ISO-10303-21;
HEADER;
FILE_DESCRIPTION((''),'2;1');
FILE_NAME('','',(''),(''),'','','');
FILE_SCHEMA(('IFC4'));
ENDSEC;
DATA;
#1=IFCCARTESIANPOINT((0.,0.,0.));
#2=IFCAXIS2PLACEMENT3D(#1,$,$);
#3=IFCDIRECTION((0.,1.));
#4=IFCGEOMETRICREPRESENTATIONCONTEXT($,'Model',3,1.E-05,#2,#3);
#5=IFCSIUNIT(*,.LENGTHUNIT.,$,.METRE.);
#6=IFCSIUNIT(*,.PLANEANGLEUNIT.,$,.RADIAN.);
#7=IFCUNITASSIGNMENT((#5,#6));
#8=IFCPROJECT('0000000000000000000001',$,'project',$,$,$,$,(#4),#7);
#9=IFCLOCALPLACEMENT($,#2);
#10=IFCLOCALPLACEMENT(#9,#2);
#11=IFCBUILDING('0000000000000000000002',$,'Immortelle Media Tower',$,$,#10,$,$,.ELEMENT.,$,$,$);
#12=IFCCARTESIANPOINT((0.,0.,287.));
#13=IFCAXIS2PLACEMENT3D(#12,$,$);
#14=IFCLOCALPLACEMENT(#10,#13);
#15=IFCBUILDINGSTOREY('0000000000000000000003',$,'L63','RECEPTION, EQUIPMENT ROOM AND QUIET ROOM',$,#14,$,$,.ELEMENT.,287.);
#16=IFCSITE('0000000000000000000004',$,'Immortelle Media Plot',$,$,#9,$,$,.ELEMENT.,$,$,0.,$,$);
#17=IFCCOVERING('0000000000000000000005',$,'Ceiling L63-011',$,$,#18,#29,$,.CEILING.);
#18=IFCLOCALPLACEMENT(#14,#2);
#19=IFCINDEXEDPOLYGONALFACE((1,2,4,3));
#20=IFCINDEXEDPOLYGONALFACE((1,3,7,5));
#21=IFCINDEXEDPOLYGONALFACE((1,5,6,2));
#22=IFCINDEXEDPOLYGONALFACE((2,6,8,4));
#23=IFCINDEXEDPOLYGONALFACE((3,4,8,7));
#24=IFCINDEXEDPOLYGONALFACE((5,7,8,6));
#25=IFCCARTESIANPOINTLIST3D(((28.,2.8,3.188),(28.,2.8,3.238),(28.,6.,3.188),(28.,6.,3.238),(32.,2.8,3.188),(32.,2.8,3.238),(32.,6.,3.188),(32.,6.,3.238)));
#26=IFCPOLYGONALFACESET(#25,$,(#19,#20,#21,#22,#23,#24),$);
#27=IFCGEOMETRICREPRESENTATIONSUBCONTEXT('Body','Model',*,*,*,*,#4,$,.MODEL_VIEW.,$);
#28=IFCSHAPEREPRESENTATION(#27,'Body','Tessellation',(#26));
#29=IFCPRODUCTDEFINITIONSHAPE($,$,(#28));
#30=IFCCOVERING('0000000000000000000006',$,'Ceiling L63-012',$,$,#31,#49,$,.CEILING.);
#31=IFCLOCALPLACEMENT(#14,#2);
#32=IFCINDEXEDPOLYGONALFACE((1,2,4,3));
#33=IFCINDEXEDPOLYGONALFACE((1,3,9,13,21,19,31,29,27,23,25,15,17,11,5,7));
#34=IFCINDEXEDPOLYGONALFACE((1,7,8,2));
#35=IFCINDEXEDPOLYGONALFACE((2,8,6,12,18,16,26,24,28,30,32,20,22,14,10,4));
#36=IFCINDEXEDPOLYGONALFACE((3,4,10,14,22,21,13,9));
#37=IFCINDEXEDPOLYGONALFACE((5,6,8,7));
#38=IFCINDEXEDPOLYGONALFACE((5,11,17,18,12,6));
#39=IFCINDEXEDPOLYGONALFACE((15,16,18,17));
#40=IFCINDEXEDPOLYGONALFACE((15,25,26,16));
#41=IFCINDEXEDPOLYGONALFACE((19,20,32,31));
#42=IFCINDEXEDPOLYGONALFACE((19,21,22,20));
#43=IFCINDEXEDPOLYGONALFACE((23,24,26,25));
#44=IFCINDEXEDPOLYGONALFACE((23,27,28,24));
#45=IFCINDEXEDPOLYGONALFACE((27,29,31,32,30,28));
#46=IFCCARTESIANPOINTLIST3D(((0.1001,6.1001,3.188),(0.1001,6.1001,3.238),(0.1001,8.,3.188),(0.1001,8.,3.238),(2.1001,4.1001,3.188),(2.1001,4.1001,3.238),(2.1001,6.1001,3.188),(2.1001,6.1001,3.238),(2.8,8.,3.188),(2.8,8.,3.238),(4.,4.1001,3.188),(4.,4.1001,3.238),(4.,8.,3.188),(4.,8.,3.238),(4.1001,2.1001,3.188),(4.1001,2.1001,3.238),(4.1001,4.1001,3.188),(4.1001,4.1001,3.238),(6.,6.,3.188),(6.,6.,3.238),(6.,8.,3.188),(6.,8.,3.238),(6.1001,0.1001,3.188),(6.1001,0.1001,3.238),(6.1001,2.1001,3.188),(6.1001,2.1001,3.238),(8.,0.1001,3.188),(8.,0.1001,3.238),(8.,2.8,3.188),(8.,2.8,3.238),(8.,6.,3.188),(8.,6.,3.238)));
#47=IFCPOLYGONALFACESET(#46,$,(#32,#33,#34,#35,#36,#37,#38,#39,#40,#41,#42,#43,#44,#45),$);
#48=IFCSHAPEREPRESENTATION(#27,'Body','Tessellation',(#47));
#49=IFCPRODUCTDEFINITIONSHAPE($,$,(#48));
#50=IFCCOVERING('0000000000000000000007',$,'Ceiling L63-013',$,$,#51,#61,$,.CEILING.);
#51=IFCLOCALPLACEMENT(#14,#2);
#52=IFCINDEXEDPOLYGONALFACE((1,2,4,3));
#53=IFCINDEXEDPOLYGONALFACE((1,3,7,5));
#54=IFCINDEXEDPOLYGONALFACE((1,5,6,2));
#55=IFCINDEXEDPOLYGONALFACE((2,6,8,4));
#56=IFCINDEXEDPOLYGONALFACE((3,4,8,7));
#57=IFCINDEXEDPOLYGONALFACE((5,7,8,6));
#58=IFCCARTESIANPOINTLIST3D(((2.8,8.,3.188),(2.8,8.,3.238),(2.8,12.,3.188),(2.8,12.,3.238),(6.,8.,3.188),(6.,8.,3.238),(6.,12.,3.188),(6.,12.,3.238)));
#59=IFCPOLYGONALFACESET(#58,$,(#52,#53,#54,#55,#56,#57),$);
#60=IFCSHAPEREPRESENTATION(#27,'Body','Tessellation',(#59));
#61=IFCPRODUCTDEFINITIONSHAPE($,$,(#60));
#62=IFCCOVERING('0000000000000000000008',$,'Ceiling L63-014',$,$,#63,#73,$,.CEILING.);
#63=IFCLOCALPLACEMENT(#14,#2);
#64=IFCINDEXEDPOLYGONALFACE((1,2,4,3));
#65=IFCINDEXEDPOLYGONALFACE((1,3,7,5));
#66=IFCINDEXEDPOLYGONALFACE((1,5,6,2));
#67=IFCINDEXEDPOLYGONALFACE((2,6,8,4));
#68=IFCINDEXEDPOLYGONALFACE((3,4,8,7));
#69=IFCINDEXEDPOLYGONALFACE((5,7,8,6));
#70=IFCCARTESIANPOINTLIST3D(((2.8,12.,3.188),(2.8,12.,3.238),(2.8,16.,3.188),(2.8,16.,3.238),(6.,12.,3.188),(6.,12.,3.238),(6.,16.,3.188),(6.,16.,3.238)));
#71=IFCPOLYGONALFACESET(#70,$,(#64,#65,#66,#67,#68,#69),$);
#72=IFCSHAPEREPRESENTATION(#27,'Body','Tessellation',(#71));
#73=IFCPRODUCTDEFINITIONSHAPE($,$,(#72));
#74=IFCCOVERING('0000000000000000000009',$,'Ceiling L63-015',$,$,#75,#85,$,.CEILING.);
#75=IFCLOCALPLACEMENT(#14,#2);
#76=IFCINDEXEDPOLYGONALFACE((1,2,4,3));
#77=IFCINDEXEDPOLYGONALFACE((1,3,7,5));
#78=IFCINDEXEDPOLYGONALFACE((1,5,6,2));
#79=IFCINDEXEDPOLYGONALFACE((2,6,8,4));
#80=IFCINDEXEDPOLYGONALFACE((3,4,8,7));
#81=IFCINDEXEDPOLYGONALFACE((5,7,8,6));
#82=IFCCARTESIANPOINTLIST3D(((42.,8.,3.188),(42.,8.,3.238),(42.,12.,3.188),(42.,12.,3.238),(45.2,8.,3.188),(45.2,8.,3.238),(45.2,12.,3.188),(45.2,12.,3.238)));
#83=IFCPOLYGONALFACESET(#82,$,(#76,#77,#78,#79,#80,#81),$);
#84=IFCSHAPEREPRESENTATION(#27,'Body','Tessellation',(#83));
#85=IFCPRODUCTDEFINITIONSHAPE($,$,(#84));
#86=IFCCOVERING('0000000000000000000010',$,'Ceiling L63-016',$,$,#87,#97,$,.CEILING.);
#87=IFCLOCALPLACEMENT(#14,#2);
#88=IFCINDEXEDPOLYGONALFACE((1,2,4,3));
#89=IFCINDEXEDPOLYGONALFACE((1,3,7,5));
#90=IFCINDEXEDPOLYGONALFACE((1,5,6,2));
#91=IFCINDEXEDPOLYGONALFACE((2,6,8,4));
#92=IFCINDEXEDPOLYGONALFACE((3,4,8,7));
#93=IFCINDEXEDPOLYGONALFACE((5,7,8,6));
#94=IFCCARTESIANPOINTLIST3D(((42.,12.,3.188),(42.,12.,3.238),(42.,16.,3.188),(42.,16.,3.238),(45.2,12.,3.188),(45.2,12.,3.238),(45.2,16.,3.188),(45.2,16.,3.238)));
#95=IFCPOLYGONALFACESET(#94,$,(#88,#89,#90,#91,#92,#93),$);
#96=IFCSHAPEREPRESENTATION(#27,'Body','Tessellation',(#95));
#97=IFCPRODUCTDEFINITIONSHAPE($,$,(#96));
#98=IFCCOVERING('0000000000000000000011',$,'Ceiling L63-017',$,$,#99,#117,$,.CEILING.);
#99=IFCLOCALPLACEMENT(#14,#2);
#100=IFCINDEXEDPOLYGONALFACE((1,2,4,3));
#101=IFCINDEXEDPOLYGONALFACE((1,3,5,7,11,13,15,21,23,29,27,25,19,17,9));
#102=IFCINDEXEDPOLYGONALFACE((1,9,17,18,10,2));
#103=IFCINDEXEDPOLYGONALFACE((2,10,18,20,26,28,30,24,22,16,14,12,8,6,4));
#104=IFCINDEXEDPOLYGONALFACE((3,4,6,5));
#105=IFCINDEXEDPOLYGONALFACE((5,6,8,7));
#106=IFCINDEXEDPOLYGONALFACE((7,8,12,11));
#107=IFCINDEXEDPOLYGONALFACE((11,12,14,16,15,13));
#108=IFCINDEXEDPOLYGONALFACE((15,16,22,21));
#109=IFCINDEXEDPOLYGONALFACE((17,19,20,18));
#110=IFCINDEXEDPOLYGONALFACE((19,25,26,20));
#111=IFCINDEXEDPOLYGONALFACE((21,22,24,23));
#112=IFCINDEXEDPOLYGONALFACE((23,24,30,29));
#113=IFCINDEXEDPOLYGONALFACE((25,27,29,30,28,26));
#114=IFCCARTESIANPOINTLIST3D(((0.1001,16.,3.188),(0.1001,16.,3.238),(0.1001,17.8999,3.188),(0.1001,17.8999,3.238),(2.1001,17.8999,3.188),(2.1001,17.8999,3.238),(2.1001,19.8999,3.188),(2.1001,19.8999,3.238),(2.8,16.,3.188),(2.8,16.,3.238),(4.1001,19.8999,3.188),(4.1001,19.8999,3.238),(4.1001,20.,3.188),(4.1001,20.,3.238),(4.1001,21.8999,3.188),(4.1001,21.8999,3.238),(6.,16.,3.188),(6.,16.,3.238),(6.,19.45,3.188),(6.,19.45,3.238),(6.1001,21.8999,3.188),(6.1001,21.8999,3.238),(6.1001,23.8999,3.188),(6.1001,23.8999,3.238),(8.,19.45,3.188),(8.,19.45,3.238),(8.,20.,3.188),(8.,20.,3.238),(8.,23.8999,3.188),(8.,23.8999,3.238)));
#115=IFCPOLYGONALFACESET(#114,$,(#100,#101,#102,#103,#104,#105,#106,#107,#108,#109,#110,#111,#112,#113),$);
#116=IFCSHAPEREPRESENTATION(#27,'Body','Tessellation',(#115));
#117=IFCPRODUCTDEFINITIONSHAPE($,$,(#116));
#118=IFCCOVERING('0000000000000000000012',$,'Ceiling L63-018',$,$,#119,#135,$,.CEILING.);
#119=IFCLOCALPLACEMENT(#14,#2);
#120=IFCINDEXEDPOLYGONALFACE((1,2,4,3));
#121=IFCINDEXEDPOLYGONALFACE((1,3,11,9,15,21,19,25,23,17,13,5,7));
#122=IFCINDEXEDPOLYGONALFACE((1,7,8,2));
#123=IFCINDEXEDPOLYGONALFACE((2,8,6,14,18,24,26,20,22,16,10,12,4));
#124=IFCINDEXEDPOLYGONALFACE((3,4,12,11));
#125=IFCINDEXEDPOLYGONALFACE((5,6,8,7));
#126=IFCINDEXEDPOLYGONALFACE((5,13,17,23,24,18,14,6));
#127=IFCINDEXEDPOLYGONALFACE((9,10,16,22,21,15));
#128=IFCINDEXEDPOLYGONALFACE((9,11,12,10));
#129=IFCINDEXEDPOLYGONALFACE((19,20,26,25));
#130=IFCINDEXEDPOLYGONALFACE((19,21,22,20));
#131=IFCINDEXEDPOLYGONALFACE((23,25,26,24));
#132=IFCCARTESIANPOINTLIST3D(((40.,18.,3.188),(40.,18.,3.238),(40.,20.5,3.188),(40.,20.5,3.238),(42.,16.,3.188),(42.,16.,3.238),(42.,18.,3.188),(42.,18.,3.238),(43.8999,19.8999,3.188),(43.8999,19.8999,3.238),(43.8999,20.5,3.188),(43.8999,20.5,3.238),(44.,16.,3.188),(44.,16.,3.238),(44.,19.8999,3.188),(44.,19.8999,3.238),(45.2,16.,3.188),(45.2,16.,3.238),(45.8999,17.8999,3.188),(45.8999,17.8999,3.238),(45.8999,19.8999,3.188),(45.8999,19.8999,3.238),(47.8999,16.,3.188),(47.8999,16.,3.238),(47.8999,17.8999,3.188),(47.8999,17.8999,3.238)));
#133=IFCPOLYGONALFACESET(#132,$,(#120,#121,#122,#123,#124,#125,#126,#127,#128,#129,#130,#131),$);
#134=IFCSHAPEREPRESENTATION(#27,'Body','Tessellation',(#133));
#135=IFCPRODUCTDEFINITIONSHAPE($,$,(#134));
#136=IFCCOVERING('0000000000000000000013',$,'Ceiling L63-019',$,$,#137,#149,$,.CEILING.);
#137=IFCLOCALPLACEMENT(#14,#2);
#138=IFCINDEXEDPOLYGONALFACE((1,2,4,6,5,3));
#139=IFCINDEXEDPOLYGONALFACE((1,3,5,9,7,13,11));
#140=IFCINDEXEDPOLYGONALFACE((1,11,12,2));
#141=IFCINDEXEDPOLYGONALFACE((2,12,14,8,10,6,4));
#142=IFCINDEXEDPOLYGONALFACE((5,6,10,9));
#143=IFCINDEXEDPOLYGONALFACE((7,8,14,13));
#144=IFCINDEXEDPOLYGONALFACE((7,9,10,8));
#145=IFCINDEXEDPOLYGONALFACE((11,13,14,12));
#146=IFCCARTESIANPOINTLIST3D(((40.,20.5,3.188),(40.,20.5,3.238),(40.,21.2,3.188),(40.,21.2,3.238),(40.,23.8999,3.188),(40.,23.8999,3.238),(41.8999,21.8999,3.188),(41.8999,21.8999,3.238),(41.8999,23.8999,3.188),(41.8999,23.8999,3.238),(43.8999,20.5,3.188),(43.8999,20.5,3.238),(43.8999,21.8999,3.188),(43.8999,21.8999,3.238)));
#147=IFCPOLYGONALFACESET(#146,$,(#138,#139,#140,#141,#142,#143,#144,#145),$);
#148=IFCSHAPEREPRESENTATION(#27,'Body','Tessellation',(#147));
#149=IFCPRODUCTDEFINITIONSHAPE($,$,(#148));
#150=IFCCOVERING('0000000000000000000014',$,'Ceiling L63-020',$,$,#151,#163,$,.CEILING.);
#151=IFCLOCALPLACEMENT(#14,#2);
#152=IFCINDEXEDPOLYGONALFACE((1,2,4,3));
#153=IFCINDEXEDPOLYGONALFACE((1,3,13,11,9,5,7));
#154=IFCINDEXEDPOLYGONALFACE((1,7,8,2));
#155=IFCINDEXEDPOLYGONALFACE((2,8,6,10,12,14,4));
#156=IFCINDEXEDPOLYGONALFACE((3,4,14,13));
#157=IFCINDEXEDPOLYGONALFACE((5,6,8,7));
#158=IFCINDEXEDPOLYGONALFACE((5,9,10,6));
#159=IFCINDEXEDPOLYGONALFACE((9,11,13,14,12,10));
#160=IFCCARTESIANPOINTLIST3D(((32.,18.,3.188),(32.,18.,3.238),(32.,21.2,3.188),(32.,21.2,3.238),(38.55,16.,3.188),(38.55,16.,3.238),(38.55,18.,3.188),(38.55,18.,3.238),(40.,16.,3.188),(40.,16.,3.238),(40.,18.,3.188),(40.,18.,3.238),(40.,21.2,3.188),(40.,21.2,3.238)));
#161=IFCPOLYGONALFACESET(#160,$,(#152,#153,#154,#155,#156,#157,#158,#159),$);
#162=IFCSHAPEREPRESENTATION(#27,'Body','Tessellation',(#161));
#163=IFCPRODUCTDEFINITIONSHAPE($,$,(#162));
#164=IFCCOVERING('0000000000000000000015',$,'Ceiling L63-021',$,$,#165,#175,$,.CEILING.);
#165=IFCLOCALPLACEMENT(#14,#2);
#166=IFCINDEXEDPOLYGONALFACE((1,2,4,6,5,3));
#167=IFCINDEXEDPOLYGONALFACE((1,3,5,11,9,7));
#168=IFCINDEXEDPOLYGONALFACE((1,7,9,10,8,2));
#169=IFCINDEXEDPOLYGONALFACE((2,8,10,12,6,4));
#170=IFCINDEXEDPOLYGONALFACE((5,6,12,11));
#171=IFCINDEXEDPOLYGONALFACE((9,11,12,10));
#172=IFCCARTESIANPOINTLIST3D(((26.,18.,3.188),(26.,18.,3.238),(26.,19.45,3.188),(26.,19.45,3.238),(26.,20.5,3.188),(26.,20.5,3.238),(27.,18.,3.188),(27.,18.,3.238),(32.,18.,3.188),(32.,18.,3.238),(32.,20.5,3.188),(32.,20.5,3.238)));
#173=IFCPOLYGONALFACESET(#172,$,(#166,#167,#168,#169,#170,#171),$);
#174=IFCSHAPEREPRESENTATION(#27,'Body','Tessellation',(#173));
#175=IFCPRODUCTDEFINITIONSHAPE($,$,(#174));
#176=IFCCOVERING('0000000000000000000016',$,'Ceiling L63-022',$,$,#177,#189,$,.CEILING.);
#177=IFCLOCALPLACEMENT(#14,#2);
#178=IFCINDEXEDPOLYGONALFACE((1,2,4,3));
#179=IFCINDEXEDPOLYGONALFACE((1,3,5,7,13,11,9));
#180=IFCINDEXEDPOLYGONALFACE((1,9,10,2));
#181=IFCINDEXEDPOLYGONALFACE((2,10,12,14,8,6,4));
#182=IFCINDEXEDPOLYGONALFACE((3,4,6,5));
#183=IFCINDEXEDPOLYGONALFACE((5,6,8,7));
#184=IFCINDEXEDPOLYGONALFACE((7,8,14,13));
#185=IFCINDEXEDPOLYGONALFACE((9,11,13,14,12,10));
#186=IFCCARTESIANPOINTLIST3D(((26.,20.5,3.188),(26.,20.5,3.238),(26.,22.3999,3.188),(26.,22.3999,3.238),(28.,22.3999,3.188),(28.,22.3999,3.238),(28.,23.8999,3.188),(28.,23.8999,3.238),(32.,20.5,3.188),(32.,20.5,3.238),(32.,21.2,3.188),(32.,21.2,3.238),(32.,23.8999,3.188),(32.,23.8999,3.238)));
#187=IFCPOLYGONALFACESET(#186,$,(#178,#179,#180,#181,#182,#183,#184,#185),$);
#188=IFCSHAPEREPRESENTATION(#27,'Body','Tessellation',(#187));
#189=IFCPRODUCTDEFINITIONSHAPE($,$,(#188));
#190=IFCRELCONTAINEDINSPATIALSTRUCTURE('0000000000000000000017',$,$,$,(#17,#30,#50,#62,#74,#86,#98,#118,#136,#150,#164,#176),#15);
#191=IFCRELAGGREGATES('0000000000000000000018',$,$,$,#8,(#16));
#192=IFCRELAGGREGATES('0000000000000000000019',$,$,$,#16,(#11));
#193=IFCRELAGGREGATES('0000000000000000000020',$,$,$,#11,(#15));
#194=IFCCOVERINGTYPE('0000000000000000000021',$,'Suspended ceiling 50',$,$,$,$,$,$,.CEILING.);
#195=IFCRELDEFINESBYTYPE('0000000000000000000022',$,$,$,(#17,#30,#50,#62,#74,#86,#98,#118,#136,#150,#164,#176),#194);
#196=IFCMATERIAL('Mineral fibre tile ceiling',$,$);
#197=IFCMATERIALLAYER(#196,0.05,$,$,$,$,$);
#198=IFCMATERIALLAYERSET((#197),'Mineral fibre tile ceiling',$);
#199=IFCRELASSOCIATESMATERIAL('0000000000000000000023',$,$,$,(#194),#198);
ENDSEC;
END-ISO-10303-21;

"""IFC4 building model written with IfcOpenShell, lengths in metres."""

from ifc_helpers import new_model, si_unit, direction, frame, origin, place, context, subcontext, project, spatial, polyline, outline, extrude, material, layer, layer_set, type_object, element, save


model = new_model("IFC4")

# Units and contexts
model_context = context("Model", 3, precision=1e-05, world=origin(), true_north=direction((0.0, 1.0)))
body_context = subcontext(model_context, "Body", "Model", "MODEL_VIEW")
ifc_project = project(units=[si_unit("LENGTHUNIT", "METRE"), si_unit("PLANEANGLEUNIT", "RADIAN")], contexts=[model_context])

# Site, building, storey
site_placement = place(None, origin())
site = spatial("IfcSite", under=ifc_project, at=site_placement, Name="Immortelle Media Plot", CompositionType="ELEMENT", RefElevation=0.0)
building_placement = place(site_placement, origin())
building = spatial("IfcBuilding", under=site, at=building_placement, Name="Immortelle Media Tower", CompositionType="ELEMENT")
storey_placement = place(building_placement, frame((0.0, 0.0, 287.0)))
storey = spatial("IfcBuildingStorey", under=building, at=storey_placement, Name="L63", Description="RECEPTION, EQUIPMENT ROOM AND QUIET ROOM", CompositionType="ELEMENT", Elevation=287.0)

# Coverings
ifc_material_1 = material(Name="Mineral fibre tile ceiling")
ifc_layer_1 = layer(ifc_material_1, 0.05)
ifc_layer_set_1 = layer_set([ifc_layer_1], Name="Mineral fibre tile ceiling")
covering_type = type_object("IfcCoveringType", Name="Suspended ceiling 50", PredefinedType="CEILING", material=ifc_layer_set_1)
covering_1_placement = place(storey_placement, frame((0.0, 0.0, 3.188)))
element("IfcCovering", 1, at=covering_1_placement, inside=storey, type_object=covering_type, Name="Ceiling L63-011", PredefinedType="CEILING", context=body_context, shape_type="SweptSolid", body=[
    extrude(outline(polyline([(32.0, 6.0), (32.0, 2.8), (28.0, 2.8), (28.0, 6.0), (32.0, 6.0)])), origin(), (0.0, 0.0, 1.0), 0.05),
])
covering_2_placement = place(storey_placement, frame((0.0, 0.0, 3.188)))
element("IfcCovering", 2, at=covering_2_placement, inside=storey, type_object=covering_type, Name="Ceiling L63-012", PredefinedType="CEILING", context=body_context, shape_type="SweptSolid", body=[
    extrude(outline(polyline([(4.1001, 2.1001), (4.1001, 4.1001), (4.0, 4.1001), (2.1001, 4.1001), (2.1001, 6.1001), (0.1001, 6.1001), (0.1001, 8.0), (2.8, 8.0), (4.0, 8.0), (6.0, 8.0), (6.0, 6.0), (8.0, 6.0), (8.0, 2.8), (8.0, 0.1001), (6.1001, 0.1001), (6.1001, 2.1001), (4.1001, 2.1001)])), origin(), (0.0, 0.0, 1.0), 0.05),
])
covering_3_placement = place(storey_placement, frame((0.0, 0.0, 3.188)))
element("IfcCovering", 3, at=covering_3_placement, inside=storey, type_object=covering_type, Name="Ceiling L63-013", PredefinedType="CEILING", context=body_context, shape_type="SweptSolid", body=[
    extrude(outline(polyline([(2.8, 8.0), (2.8, 12.0), (6.0, 12.0), (6.0, 8.0), (2.8, 8.0)])), origin(), (0.0, 0.0, 1.0), 0.05),
])
covering_4_placement = place(storey_placement, frame((0.0, 0.0, 3.188)))
element("IfcCovering", 4, at=covering_4_placement, inside=storey, type_object=covering_type, Name="Ceiling L63-014", PredefinedType="CEILING", context=body_context, shape_type="SweptSolid", body=[
    extrude(outline(polyline([(2.8, 16.0), (6.0, 16.0), (6.0, 12.0), (2.8, 12.0), (2.8, 16.0)])), origin(), (0.0, 0.0, 1.0), 0.05),
])
covering_5_placement = place(storey_placement, frame((0.0, 0.0, 3.188)))
element("IfcCovering", 5, at=covering_5_placement, inside=storey, type_object=covering_type, Name="Ceiling L63-015", PredefinedType="CEILING", context=body_context, shape_type="SweptSolid", body=[
    extrude(outline(polyline([(42.0, 8.0), (42.0, 12.0), (45.2, 12.0), (45.2, 8.0), (42.0, 8.0)])), origin(), (0.0, 0.0, 1.0), 0.05),
])
covering_6_placement = place(storey_placement, frame((0.0, 0.0, 3.188)))
element("IfcCovering", 6, at=covering_6_placement, inside=storey, type_object=covering_type, Name="Ceiling L63-016", PredefinedType="CEILING", context=body_context, shape_type="SweptSolid", body=[
    extrude(outline(polyline([(42.0, 16.0), (45.2, 16.0), (45.2, 12.0), (42.0, 12.0), (42.0, 16.0)])), origin(), (0.0, 0.0, 1.0), 0.05),
])
covering_7_placement = place(storey_placement, frame((0.0, 0.0, 3.188)))
element("IfcCovering", 7, at=covering_7_placement, inside=storey, type_object=covering_type, Name="Ceiling L63-017", PredefinedType="CEILING", context=body_context, shape_type="SweptSolid", body=[
    extrude(outline(polyline([(2.8, 16.0), (0.1001, 16.0), (0.1001, 17.8999), (2.1001, 17.8999), (2.1001, 19.8999), (4.1001, 19.8999), (4.1001, 20.0), (4.1001, 21.8999), (6.1001, 21.8999), (6.1001, 23.8999), (8.0, 23.8999), (8.0, 20.0), (8.0, 19.45), (6.0, 19.45), (6.0, 16.0), (2.8, 16.0)])), origin(), (0.0, 0.0, 1.0), 0.05),
])
covering_8_placement = place(storey_placement, frame((0.0, 0.0, 3.188)))
element("IfcCovering", 8, at=covering_8_placement, inside=storey, type_object=covering_type, Name="Ceiling L63-018", PredefinedType="CEILING", context=body_context, shape_type="SweptSolid", body=[
    extrude(outline(polyline([(45.8999, 17.8999), (47.8999, 17.8999), (47.8999, 16.0), (45.2, 16.0), (44.0, 16.0), (42.0, 16.0), (42.0, 18.0), (40.0, 18.0), (40.0, 20.5), (43.8999, 20.5), (43.8999, 19.8999), (44.0, 19.8999), (45.8999, 19.8999), (45.8999, 17.8999)])), origin(), (0.0, 0.0, 1.0), 0.05),
])
covering_9_placement = place(storey_placement, frame((0.0, 0.0, 3.188)))
element("IfcCovering", 9, at=covering_9_placement, inside=storey, type_object=covering_type, Name="Ceiling L63-019", PredefinedType="CEILING", context=body_context, shape_type="SweptSolid", body=[
    extrude(outline(polyline([(40.0, 21.2), (40.0, 23.8999), (41.8999, 23.8999), (41.8999, 21.8999), (43.8999, 21.8999), (43.8999, 20.5), (40.0, 20.5), (40.0, 21.2)])), origin(), (0.0, 0.0, 1.0), 0.05),
])
covering_10_placement = place(storey_placement, frame((0.0, 0.0, 3.188)))
element("IfcCovering", 10, at=covering_10_placement, inside=storey, type_object=covering_type, Name="Ceiling L63-020", PredefinedType="CEILING", context=body_context, shape_type="SweptSolid", body=[
    extrude(outline(polyline([(38.55, 16.0), (38.55, 18.0), (32.0, 18.0), (32.0, 21.2), (40.0, 21.2), (40.0, 18.0), (40.0, 16.0), (38.55, 16.0)])), origin(), (0.0, 0.0, 1.0), 0.05),
])
covering_11_placement = place(storey_placement, frame((0.0, 0.0, 3.188)))
element("IfcCovering", 11, at=covering_11_placement, inside=storey, type_object=covering_type, Name="Ceiling L63-021", PredefinedType="CEILING", context=body_context, shape_type="SweptSolid", body=[
    extrude(outline(polyline([(26.0, 18.0), (26.0, 19.45), (26.0, 20.5), (32.0, 20.5), (32.0, 18.0), (27.0, 18.0), (26.0, 18.0)])), origin(), (0.0, 0.0, 1.0), 0.05),
])
covering_12_placement = place(storey_placement, frame((0.0, 0.0, 3.188)))
element("IfcCovering", 12, at=covering_12_placement, inside=storey, type_object=covering_type, Name="Ceiling L63-022", PredefinedType="CEILING", context=body_context, shape_type="SweptSolid", body=[
    extrude(outline(polyline([(26.0, 22.3999), (28.0, 22.3999), (28.0, 23.8999), (32.0, 23.8999), (32.0, 21.2), (32.0, 20.5), (26.0, 20.5), (26.0, 22.3999)])), origin(), (0.0, 0.0, 1.0), 0.05),
])

save(model, "model.ifc")
